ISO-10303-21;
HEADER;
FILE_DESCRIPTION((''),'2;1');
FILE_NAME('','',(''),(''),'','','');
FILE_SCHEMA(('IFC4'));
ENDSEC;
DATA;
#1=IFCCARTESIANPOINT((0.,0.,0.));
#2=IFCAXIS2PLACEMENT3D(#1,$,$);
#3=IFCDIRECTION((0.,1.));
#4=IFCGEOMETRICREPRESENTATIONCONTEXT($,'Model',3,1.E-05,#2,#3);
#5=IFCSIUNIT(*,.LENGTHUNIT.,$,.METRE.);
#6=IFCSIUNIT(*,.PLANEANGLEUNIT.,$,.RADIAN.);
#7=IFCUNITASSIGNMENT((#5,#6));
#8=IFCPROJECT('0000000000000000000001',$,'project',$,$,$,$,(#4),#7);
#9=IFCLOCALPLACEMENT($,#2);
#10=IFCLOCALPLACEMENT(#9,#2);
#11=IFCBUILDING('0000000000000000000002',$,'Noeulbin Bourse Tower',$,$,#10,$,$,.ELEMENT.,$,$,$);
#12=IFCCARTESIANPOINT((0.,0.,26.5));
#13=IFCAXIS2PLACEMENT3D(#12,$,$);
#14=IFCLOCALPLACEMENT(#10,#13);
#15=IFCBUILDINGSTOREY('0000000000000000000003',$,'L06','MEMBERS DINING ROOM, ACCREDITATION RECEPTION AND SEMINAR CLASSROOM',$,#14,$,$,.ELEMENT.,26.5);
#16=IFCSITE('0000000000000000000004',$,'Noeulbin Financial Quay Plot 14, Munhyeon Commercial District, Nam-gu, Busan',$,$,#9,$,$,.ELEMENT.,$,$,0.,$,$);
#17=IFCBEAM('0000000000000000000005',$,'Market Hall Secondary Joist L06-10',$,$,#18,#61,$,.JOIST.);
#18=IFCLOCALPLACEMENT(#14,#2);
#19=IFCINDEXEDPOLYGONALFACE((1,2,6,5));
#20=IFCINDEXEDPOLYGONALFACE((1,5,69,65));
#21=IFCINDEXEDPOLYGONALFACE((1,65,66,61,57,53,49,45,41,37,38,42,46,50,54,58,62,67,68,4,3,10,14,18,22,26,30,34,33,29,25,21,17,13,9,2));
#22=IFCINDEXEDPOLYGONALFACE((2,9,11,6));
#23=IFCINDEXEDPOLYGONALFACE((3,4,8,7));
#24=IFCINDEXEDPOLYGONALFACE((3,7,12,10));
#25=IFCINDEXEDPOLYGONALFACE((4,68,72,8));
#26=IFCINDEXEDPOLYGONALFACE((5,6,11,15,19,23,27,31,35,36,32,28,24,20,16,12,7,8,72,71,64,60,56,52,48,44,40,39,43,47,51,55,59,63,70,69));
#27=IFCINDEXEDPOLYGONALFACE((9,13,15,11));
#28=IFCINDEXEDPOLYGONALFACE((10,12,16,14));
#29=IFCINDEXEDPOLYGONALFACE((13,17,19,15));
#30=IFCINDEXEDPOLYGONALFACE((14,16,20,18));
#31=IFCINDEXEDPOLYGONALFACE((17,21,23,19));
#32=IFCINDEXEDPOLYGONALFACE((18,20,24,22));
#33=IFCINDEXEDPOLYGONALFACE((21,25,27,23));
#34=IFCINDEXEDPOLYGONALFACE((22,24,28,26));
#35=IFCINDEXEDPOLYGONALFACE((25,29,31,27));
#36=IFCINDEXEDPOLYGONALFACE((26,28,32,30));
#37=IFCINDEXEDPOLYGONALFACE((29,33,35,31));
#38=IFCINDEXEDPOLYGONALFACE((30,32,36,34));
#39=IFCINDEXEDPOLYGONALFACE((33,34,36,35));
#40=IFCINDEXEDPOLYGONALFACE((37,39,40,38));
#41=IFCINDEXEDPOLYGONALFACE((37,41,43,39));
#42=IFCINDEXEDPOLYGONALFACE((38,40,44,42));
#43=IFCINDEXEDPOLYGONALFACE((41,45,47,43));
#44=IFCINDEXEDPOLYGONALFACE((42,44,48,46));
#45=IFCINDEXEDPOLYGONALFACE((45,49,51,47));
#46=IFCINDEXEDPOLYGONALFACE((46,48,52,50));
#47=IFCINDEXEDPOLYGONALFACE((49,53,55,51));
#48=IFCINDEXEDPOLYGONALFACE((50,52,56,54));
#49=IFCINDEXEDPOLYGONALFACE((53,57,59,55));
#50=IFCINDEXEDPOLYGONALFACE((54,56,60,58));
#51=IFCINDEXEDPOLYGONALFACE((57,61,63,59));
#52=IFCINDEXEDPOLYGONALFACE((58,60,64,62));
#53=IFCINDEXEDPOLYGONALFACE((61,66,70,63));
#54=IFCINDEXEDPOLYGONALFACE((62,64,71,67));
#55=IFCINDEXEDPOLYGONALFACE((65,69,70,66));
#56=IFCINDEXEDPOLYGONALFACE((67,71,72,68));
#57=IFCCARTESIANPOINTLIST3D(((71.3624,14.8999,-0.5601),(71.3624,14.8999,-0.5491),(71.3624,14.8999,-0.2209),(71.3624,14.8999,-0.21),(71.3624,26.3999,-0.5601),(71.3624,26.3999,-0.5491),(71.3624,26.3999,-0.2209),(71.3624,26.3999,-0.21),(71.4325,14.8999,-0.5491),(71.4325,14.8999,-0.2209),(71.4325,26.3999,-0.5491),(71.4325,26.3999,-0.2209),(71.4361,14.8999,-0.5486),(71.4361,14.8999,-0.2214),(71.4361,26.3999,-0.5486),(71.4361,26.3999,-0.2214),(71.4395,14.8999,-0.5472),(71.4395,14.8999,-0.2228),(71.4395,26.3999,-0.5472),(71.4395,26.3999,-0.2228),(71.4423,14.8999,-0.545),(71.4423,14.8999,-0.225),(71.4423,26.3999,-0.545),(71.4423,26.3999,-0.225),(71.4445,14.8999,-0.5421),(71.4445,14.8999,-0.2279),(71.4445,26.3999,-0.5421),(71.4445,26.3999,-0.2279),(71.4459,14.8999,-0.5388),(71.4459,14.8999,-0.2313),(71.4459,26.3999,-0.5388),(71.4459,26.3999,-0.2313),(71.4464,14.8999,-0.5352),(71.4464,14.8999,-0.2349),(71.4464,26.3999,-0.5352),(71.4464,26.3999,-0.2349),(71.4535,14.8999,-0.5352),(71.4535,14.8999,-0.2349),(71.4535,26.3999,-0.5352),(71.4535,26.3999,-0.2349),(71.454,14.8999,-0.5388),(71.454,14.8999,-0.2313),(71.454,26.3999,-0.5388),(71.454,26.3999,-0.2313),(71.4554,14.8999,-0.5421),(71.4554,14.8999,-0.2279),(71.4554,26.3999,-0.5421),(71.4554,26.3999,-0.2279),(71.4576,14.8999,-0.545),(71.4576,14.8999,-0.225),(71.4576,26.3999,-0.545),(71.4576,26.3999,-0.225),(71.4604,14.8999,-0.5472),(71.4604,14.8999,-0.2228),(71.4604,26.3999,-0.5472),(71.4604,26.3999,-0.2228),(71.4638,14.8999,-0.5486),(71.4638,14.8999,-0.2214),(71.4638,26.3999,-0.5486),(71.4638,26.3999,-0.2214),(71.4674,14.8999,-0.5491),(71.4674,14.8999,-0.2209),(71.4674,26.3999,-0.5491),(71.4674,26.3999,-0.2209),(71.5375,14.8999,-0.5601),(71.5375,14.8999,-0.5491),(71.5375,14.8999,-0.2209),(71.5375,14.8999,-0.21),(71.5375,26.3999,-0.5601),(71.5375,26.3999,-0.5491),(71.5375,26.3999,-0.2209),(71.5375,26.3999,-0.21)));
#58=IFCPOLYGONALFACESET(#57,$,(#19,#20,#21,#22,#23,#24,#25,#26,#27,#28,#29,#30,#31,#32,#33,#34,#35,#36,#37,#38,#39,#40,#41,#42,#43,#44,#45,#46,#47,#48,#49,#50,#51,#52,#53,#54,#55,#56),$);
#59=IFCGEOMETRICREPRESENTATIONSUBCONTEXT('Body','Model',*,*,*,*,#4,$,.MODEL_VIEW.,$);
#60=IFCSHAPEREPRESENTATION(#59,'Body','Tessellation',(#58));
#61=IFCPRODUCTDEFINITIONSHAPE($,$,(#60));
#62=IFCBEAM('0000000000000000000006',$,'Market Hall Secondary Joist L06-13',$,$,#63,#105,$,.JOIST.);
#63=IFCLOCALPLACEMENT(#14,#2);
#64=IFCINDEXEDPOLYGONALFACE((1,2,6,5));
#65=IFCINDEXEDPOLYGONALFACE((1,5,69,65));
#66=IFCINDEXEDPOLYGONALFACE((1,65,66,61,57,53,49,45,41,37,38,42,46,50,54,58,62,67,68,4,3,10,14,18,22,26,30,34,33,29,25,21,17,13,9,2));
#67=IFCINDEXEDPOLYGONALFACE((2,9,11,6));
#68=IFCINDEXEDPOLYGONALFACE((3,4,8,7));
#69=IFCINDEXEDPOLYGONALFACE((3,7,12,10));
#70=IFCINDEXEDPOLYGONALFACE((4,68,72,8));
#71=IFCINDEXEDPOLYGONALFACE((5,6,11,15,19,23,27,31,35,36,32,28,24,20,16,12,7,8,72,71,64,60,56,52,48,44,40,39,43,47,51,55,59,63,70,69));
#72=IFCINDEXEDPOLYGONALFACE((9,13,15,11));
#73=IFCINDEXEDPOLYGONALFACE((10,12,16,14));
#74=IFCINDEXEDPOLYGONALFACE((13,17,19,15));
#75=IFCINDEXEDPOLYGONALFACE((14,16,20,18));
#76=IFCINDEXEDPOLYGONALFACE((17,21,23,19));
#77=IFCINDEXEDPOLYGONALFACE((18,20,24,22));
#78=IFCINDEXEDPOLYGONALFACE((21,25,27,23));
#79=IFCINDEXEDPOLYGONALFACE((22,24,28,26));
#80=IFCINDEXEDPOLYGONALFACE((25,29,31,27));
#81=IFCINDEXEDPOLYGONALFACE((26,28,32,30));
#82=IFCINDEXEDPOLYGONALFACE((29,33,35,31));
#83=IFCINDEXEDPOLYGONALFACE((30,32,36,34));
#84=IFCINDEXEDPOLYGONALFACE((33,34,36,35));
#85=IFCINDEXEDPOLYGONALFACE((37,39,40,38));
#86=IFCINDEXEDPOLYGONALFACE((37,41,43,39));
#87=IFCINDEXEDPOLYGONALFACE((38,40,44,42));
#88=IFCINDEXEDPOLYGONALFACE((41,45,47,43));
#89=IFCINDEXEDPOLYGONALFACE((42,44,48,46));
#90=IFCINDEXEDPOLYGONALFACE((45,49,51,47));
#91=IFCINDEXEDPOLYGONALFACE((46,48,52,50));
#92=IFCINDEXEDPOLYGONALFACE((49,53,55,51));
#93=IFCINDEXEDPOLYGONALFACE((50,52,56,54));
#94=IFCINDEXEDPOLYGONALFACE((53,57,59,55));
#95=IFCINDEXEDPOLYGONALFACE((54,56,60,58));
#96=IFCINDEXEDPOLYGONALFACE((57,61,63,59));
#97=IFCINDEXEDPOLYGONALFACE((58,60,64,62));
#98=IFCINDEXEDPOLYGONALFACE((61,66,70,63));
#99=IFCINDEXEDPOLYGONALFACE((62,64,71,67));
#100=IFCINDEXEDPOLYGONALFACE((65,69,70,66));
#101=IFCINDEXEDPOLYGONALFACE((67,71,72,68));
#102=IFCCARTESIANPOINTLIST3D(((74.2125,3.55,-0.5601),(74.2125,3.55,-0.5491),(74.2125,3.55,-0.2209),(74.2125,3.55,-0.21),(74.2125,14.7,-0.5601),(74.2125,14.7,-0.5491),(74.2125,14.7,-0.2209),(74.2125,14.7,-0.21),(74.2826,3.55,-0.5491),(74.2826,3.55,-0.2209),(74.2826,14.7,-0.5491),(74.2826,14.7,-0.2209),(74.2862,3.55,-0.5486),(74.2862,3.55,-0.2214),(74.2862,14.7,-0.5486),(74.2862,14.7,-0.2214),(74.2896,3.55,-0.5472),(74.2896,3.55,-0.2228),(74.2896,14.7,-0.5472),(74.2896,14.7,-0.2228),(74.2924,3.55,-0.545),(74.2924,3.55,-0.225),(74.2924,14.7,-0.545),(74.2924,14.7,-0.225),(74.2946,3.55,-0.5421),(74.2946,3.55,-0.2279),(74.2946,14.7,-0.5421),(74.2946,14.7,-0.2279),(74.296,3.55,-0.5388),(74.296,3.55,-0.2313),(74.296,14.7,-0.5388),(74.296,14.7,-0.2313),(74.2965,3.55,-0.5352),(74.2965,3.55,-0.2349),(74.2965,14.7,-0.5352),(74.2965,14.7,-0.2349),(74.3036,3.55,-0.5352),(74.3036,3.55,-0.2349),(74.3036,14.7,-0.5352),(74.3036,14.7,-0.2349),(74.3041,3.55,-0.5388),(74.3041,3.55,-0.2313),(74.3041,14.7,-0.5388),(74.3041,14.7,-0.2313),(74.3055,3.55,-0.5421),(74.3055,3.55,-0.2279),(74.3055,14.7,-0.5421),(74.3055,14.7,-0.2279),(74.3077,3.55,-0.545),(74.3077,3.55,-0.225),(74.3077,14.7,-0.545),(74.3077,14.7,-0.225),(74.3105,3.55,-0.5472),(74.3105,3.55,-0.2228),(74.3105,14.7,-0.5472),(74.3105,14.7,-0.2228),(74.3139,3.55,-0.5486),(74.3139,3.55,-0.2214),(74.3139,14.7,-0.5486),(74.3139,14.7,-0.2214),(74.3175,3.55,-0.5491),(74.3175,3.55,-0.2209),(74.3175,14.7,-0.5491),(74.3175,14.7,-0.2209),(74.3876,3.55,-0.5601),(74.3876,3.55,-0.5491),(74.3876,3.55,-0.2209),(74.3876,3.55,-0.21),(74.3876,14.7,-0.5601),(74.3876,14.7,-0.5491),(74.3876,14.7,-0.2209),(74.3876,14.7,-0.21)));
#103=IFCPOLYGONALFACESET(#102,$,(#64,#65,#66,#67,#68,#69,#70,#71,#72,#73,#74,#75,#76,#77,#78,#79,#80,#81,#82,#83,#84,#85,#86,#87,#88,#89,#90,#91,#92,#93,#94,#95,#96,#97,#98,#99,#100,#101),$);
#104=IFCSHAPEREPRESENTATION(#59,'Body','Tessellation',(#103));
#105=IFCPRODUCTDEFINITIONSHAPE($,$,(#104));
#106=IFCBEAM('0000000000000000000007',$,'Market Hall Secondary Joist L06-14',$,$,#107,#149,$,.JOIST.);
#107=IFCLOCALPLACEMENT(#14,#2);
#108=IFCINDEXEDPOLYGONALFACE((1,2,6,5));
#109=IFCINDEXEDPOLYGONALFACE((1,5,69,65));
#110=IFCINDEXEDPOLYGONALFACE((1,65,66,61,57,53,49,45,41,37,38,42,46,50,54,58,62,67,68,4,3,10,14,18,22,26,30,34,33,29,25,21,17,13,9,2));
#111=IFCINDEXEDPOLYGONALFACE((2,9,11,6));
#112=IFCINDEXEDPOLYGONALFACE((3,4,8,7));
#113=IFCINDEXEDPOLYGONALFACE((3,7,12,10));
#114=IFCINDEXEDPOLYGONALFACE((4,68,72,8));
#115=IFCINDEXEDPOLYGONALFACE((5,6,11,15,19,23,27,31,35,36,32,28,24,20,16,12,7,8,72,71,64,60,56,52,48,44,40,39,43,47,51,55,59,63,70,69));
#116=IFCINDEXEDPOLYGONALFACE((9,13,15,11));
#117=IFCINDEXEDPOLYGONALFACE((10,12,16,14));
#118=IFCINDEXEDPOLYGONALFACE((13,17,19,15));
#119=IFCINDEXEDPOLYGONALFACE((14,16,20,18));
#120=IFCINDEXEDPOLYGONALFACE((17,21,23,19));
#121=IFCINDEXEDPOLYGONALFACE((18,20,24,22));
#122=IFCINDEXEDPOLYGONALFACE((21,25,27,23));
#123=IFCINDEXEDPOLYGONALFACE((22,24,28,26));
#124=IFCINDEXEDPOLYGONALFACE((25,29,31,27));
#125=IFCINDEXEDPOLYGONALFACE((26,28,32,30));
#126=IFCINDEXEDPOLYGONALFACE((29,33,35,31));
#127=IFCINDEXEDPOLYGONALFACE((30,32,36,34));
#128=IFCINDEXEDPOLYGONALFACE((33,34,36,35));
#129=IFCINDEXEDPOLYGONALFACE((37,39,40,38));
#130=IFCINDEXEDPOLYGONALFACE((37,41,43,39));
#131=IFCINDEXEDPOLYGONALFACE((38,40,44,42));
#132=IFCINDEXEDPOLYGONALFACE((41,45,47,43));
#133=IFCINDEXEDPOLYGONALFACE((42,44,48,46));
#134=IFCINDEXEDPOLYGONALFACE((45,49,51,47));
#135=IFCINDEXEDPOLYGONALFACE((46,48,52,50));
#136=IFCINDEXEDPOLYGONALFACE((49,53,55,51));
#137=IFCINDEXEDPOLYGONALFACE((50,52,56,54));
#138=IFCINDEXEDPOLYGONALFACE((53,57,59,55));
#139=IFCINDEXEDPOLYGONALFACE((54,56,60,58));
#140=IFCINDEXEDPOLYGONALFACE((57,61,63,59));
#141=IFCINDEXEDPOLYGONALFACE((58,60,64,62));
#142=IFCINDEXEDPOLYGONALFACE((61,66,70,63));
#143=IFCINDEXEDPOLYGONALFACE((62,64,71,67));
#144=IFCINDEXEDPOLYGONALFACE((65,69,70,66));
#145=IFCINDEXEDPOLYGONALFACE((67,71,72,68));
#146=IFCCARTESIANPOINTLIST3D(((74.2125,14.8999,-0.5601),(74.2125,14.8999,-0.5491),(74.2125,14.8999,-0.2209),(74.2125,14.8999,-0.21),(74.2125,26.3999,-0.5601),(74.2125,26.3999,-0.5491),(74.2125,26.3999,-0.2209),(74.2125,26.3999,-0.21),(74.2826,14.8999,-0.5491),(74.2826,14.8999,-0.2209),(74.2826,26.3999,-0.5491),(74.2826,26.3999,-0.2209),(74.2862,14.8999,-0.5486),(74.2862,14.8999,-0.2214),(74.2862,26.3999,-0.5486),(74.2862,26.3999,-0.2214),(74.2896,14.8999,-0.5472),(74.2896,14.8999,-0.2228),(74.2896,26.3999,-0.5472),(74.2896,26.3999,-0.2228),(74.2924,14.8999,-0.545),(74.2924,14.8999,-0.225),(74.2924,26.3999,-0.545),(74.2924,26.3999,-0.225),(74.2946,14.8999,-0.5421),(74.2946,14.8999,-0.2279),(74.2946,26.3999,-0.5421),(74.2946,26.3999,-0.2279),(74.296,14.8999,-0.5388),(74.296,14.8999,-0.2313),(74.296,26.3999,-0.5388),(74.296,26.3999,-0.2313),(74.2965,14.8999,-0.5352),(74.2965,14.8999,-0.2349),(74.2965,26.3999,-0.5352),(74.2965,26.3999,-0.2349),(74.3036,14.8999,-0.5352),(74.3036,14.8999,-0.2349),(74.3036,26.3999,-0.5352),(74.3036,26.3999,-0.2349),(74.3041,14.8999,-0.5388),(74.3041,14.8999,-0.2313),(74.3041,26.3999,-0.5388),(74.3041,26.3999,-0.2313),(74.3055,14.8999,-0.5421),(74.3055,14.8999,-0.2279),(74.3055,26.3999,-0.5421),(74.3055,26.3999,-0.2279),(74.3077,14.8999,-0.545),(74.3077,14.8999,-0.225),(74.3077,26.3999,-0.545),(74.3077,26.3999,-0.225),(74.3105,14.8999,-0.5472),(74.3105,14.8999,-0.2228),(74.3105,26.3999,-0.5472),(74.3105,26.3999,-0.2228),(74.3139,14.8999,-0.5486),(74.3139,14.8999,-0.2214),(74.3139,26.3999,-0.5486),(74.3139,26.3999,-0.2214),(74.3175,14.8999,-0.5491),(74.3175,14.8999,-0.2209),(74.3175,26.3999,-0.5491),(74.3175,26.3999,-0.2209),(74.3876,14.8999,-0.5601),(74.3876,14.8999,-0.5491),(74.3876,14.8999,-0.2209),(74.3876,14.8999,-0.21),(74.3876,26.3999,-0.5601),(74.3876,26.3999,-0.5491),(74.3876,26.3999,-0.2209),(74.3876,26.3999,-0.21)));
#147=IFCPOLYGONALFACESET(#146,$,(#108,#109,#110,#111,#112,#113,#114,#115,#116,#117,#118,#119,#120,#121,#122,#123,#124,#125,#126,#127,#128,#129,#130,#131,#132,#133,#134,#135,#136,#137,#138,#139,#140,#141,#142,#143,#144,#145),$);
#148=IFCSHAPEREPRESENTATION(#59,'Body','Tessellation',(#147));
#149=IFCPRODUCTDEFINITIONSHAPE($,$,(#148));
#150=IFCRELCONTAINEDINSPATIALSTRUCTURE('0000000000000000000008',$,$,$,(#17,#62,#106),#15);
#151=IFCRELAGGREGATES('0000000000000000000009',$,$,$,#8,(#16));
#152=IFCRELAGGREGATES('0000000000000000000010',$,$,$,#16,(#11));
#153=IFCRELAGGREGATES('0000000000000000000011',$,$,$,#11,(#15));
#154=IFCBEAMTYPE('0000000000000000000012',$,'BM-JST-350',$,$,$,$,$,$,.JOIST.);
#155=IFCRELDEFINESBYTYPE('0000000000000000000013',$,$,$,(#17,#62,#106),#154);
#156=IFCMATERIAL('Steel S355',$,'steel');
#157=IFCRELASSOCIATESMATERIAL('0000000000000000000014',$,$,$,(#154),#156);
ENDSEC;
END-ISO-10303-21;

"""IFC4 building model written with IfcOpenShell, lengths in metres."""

from ifc_helpers import new_model, si_unit, direction, frame, origin, origin_2d, place, context, subcontext, project, spatial, i_section, extrude, material, material_profile, profile_set, type_object, element, save


model = new_model("IFC4")

# Units and contexts
model_context = context("Model", 3, precision=1e-05, world=origin(), true_north=direction((0.0, 1.0)))
body_context = subcontext(model_context, "Body", "Model", "MODEL_VIEW")
ifc_project = project(units=[si_unit("LENGTHUNIT", "METRE"), si_unit("PLANEANGLEUNIT", "RADIAN")], contexts=[model_context])

# Site, building, storey
site_placement = place(None, origin())
site = spatial("IfcSite", under=ifc_project, at=site_placement, Name="Noeulbin Financial Quay Plot 14, Munhyeon Commercial District, Nam-gu, Busan", CompositionType="ELEMENT", RefElevation=0.0)
building_placement = place(site_placement, origin())
building = spatial("IfcBuilding", under=site, at=building_placement, Name="Noeulbin Bourse Tower", CompositionType="ELEMENT")
storey_placement = place(building_placement, frame((0.0, 0.0, 26.5)))
storey = spatial("IfcBuildingStorey", under=building, at=storey_placement, Name="L06", Description="MEMBERS DINING ROOM, ACCREDITATION RECEPTION AND SEMINAR CLASSROOM", CompositionType="ELEMENT", Elevation=26.5)

# Beams
ifc_material_1 = material(Name="Steel S355", Category="steel")
ifc_material_profile_1 = material_profile(ifc_material_1, i_section(OverallWidth=0.175, OverallDepth=0.3501, WebThickness=0.0071, FlangeThickness=0.011, FilletRadius=0.0139, at=origin_2d()), Name="H-350x175x7x11", Category="LoadBearing")
ifc_profile_set_1 = profile_set([ifc_material_profile_1], Name="Steel S355")
beam_type_1 = type_object("IfcBeamType", Name="BM-JST-350", PredefinedType="JOIST", material=ifc_profile_set_1)
beam_1_placement = place(storey_placement, frame((71.45, 14.8999, -0.385), z_axis=(0.0, 1.0, 0.0), x_axis=(-1.0, 0.0, 0.0)))
element("IfcBeam", 1, at=beam_1_placement, inside=storey, type_object=beam_type_1, Name="Market Hall Secondary Joist L06-10", PredefinedType="JOIST", context=body_context, shape_type="SweptSolid", body=[
    extrude(i_section(OverallWidth=0.175, OverallDepth=0.3501, WebThickness=0.0071, FlangeThickness=0.011, FilletRadius=0.0139, at=origin_2d()), origin(), (0.0, 0.0, 1.0), 11.5),
])
beam_2_placement = place(storey_placement, frame((74.3, 3.55, -0.385), z_axis=(0.0, 1.0, 0.0), x_axis=(-1.0, 0.0, 0.0)))
element("IfcBeam", 2, at=beam_2_placement, inside=storey, type_object=beam_type_1, Name="Market Hall Secondary Joist L06-13", PredefinedType="JOIST", context=body_context, shape_type="SweptSolid", body=[
    extrude(i_section(OverallWidth=0.175, OverallDepth=0.3501, WebThickness=0.0071, FlangeThickness=0.011, FilletRadius=0.0139, at=origin_2d()), origin(), (0.0, 0.0, 1.0), 11.1499),
])
beam_3_placement = place(storey_placement, frame((74.3, 14.8999, -0.385), z_axis=(0.0, 1.0, 0.0), x_axis=(-1.0, 0.0, 0.0)))
element("IfcBeam", 3, at=beam_3_placement, inside=storey, type_object=beam_type_1, Name="Market Hall Secondary Joist L06-14", PredefinedType="JOIST", context=body_context, shape_type="SweptSolid", body=[
    extrude(i_section(OverallWidth=0.175, OverallDepth=0.3501, WebThickness=0.0071, FlangeThickness=0.011, FilletRadius=0.0139, at=origin_2d()), origin(), (0.0, 0.0, 1.0), 11.5),
])

save(model, "model.ifc")
